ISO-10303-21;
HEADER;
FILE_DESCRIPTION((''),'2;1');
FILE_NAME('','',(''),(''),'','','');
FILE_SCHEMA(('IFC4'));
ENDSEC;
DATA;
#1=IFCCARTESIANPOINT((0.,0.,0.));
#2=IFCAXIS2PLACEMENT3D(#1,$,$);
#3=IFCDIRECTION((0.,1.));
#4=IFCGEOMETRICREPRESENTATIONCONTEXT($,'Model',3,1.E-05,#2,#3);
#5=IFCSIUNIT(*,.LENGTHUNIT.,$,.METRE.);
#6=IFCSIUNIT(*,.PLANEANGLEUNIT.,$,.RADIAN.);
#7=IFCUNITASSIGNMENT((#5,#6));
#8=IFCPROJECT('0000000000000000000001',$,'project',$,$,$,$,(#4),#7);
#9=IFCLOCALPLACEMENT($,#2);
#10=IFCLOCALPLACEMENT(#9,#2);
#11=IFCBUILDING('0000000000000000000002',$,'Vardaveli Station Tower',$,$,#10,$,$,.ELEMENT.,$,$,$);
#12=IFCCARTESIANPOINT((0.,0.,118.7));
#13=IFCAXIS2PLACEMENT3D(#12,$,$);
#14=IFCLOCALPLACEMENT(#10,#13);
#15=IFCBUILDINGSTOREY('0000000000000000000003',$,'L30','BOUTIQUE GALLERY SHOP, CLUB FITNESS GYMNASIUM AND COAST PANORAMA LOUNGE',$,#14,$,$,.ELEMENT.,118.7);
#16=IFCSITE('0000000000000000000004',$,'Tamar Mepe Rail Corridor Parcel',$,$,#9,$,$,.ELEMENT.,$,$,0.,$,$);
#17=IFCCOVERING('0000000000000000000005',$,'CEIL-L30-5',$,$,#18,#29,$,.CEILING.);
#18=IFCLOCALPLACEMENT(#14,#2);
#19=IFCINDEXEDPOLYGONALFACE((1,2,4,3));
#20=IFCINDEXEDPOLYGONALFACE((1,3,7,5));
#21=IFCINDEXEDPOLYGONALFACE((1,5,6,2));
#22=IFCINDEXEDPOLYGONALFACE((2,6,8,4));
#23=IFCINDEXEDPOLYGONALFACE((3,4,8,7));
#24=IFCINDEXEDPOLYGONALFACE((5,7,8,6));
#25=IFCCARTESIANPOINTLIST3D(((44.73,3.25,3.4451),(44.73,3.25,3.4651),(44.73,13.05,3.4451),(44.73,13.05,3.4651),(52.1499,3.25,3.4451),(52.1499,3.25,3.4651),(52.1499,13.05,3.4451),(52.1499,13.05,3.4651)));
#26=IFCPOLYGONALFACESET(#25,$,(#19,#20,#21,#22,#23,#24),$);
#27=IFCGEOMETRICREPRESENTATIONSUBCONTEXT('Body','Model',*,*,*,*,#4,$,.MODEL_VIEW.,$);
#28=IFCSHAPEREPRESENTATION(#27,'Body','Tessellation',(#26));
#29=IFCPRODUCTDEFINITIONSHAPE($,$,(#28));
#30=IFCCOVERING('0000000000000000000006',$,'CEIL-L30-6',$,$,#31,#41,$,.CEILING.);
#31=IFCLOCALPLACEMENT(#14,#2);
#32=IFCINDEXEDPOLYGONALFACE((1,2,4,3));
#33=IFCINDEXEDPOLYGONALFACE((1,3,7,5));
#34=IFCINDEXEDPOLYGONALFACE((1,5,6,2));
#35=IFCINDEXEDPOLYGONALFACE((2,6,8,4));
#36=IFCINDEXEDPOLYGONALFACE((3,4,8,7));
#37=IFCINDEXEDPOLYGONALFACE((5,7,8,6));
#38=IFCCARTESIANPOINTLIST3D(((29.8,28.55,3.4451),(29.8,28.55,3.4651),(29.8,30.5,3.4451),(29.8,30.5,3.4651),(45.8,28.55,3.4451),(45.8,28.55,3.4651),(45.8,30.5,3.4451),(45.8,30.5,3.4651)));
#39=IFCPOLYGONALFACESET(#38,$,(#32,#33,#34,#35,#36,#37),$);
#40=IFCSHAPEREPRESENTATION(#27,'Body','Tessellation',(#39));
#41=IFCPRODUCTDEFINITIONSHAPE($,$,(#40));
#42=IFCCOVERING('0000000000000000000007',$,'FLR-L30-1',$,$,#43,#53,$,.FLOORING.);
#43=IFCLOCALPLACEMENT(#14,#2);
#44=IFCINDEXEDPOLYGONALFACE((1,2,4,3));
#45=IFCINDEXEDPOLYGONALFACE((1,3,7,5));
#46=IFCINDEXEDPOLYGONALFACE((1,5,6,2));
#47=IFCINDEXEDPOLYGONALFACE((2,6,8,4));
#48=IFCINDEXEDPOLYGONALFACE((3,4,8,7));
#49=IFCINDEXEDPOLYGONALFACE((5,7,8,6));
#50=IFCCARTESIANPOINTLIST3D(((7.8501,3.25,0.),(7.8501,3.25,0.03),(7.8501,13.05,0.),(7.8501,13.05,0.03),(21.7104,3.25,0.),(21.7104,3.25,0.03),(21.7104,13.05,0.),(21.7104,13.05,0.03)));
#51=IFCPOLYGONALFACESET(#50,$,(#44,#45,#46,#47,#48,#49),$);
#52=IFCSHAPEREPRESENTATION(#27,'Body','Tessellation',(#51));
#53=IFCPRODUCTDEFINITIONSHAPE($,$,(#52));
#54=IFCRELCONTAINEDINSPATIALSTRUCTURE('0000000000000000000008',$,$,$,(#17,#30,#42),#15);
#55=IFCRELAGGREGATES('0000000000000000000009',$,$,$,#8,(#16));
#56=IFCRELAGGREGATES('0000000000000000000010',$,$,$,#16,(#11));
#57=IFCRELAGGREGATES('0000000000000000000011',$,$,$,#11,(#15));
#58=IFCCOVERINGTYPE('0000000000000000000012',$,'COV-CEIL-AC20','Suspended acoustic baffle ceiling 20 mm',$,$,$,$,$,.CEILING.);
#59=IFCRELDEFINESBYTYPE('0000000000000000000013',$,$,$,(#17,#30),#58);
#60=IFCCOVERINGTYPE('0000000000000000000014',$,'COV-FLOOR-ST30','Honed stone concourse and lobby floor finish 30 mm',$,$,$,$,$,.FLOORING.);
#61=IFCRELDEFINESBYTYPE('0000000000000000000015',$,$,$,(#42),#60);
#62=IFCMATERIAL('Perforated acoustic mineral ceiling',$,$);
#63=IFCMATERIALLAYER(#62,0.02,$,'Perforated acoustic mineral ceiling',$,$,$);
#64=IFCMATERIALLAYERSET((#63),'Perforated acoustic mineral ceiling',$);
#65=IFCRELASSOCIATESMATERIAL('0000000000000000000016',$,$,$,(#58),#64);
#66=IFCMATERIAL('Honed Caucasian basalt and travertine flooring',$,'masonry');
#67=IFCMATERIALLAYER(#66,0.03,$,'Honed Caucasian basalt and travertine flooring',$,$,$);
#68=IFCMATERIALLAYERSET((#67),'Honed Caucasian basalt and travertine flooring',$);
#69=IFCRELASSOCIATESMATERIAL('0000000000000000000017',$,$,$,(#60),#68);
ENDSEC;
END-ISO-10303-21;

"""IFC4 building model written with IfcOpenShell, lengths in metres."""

from ifc_helpers import new_model, si_unit, direction, frame, origin, place, context, subcontext, project, spatial, polyline, outline, extrude, material, layer, layer_set, type_object, element, save


model = new_model("IFC4")

# Units and contexts
model_context = context("Model", 3, precision=1e-05, world=origin(), true_north=direction((0.0, 1.0)))
body_context = subcontext(model_context, "Body", "Model", "MODEL_VIEW")
ifc_project = project(units=[si_unit("LENGTHUNIT", "METRE"), si_unit("PLANEANGLEUNIT", "RADIAN")], contexts=[model_context])

# Site, building, storey
site_placement = place(None, origin())
site = spatial("IfcSite", under=ifc_project, at=site_placement, Name="Tamar Mepe Rail Corridor Parcel", CompositionType="ELEMENT", RefElevation=0.0)
building_placement = place(site_placement, origin())
building = spatial("IfcBuilding", under=site, at=building_placement, Name="Vardaveli Station Tower", CompositionType="ELEMENT")
storey_placement = place(building_placement, frame((0.0, 0.0, 118.7)))
storey = spatial("IfcBuildingStorey", under=building, at=storey_placement, Name="L30", Description="BOUTIQUE GALLERY SHOP, CLUB FITNESS GYMNASIUM AND COAST PANORAMA LOUNGE", CompositionType="ELEMENT", Elevation=118.7)

# Coverings
ifc_material_1 = material(Name="Perforated acoustic mineral ceiling")
ifc_layer_1 = layer(ifc_material_1, 0.02, Name="Perforated acoustic mineral ceiling")
ifc_layer_set_1 = layer_set([ifc_layer_1], Name="Perforated acoustic mineral ceiling")
covering_type_1 = type_object("IfcCoveringType", Name="COV-CEIL-AC20", Description="Suspended acoustic baffle ceiling 20 mm", PredefinedType="CEILING", material=ifc_layer_set_1)
covering_1_placement = place(storey_placement, frame((0.0, 0.0, 3.4451)))
element("IfcCovering", 1, at=covering_1_placement, inside=storey, type_object=covering_type_1, Name="CEIL-L30-5", PredefinedType="CEILING", context=body_context, shape_type="SweptSolid", body=[
    extrude(outline(polyline([(44.73, 3.25), (52.1499, 3.25), (52.1499, 13.05), (44.73, 13.05), (44.73, 3.25)])), origin(), (0.0, 0.0, 1.0), 0.02),
])
covering_2_placement = place(storey_placement, frame((0.0, 0.0, 3.4451)))
element("IfcCovering", 2, at=covering_2_placement, inside=storey, type_object=covering_type_1, Name="CEIL-L30-6", PredefinedType="CEILING", context=body_context, shape_type="SweptSolid", body=[
    extrude(outline(polyline([(29.8, 28.55), (45.8, 28.55), (45.8, 30.5), (29.8, 30.5), (29.8, 28.55)])), origin(), (0.0, 0.0, 1.0), 0.02),
])
ifc_material_2 = material(Name="Honed Caucasian basalt and travertine flooring", Category="masonry")
ifc_layer_2 = layer(ifc_material_2, 0.03, Name="Honed Caucasian basalt and travertine flooring")
ifc_layer_set_2 = layer_set([ifc_layer_2], Name="Honed Caucasian basalt and travertine flooring")
covering_type_2 = type_object("IfcCoveringType", Name="COV-FLOOR-ST30", Description="Honed stone concourse and lobby floor finish 30 mm", PredefinedType="FLOORING", material=ifc_layer_set_2)
covering_3_placement = place(storey_placement, origin())
element("IfcCovering", 3, at=covering_3_placement, inside=storey, type_object=covering_type_2, Name="FLR-L30-1", PredefinedType="FLOORING", context=body_context, shape_type="SweptSolid", body=[
    extrude(outline(polyline([(7.8501, 3.25), (21.7104, 3.25), (21.7104, 13.05), (7.8501, 13.05), (7.8501, 3.25)])), origin(), (0.0, 0.0, 1.0), 0.03),
])

save(model, "model.ifc")
